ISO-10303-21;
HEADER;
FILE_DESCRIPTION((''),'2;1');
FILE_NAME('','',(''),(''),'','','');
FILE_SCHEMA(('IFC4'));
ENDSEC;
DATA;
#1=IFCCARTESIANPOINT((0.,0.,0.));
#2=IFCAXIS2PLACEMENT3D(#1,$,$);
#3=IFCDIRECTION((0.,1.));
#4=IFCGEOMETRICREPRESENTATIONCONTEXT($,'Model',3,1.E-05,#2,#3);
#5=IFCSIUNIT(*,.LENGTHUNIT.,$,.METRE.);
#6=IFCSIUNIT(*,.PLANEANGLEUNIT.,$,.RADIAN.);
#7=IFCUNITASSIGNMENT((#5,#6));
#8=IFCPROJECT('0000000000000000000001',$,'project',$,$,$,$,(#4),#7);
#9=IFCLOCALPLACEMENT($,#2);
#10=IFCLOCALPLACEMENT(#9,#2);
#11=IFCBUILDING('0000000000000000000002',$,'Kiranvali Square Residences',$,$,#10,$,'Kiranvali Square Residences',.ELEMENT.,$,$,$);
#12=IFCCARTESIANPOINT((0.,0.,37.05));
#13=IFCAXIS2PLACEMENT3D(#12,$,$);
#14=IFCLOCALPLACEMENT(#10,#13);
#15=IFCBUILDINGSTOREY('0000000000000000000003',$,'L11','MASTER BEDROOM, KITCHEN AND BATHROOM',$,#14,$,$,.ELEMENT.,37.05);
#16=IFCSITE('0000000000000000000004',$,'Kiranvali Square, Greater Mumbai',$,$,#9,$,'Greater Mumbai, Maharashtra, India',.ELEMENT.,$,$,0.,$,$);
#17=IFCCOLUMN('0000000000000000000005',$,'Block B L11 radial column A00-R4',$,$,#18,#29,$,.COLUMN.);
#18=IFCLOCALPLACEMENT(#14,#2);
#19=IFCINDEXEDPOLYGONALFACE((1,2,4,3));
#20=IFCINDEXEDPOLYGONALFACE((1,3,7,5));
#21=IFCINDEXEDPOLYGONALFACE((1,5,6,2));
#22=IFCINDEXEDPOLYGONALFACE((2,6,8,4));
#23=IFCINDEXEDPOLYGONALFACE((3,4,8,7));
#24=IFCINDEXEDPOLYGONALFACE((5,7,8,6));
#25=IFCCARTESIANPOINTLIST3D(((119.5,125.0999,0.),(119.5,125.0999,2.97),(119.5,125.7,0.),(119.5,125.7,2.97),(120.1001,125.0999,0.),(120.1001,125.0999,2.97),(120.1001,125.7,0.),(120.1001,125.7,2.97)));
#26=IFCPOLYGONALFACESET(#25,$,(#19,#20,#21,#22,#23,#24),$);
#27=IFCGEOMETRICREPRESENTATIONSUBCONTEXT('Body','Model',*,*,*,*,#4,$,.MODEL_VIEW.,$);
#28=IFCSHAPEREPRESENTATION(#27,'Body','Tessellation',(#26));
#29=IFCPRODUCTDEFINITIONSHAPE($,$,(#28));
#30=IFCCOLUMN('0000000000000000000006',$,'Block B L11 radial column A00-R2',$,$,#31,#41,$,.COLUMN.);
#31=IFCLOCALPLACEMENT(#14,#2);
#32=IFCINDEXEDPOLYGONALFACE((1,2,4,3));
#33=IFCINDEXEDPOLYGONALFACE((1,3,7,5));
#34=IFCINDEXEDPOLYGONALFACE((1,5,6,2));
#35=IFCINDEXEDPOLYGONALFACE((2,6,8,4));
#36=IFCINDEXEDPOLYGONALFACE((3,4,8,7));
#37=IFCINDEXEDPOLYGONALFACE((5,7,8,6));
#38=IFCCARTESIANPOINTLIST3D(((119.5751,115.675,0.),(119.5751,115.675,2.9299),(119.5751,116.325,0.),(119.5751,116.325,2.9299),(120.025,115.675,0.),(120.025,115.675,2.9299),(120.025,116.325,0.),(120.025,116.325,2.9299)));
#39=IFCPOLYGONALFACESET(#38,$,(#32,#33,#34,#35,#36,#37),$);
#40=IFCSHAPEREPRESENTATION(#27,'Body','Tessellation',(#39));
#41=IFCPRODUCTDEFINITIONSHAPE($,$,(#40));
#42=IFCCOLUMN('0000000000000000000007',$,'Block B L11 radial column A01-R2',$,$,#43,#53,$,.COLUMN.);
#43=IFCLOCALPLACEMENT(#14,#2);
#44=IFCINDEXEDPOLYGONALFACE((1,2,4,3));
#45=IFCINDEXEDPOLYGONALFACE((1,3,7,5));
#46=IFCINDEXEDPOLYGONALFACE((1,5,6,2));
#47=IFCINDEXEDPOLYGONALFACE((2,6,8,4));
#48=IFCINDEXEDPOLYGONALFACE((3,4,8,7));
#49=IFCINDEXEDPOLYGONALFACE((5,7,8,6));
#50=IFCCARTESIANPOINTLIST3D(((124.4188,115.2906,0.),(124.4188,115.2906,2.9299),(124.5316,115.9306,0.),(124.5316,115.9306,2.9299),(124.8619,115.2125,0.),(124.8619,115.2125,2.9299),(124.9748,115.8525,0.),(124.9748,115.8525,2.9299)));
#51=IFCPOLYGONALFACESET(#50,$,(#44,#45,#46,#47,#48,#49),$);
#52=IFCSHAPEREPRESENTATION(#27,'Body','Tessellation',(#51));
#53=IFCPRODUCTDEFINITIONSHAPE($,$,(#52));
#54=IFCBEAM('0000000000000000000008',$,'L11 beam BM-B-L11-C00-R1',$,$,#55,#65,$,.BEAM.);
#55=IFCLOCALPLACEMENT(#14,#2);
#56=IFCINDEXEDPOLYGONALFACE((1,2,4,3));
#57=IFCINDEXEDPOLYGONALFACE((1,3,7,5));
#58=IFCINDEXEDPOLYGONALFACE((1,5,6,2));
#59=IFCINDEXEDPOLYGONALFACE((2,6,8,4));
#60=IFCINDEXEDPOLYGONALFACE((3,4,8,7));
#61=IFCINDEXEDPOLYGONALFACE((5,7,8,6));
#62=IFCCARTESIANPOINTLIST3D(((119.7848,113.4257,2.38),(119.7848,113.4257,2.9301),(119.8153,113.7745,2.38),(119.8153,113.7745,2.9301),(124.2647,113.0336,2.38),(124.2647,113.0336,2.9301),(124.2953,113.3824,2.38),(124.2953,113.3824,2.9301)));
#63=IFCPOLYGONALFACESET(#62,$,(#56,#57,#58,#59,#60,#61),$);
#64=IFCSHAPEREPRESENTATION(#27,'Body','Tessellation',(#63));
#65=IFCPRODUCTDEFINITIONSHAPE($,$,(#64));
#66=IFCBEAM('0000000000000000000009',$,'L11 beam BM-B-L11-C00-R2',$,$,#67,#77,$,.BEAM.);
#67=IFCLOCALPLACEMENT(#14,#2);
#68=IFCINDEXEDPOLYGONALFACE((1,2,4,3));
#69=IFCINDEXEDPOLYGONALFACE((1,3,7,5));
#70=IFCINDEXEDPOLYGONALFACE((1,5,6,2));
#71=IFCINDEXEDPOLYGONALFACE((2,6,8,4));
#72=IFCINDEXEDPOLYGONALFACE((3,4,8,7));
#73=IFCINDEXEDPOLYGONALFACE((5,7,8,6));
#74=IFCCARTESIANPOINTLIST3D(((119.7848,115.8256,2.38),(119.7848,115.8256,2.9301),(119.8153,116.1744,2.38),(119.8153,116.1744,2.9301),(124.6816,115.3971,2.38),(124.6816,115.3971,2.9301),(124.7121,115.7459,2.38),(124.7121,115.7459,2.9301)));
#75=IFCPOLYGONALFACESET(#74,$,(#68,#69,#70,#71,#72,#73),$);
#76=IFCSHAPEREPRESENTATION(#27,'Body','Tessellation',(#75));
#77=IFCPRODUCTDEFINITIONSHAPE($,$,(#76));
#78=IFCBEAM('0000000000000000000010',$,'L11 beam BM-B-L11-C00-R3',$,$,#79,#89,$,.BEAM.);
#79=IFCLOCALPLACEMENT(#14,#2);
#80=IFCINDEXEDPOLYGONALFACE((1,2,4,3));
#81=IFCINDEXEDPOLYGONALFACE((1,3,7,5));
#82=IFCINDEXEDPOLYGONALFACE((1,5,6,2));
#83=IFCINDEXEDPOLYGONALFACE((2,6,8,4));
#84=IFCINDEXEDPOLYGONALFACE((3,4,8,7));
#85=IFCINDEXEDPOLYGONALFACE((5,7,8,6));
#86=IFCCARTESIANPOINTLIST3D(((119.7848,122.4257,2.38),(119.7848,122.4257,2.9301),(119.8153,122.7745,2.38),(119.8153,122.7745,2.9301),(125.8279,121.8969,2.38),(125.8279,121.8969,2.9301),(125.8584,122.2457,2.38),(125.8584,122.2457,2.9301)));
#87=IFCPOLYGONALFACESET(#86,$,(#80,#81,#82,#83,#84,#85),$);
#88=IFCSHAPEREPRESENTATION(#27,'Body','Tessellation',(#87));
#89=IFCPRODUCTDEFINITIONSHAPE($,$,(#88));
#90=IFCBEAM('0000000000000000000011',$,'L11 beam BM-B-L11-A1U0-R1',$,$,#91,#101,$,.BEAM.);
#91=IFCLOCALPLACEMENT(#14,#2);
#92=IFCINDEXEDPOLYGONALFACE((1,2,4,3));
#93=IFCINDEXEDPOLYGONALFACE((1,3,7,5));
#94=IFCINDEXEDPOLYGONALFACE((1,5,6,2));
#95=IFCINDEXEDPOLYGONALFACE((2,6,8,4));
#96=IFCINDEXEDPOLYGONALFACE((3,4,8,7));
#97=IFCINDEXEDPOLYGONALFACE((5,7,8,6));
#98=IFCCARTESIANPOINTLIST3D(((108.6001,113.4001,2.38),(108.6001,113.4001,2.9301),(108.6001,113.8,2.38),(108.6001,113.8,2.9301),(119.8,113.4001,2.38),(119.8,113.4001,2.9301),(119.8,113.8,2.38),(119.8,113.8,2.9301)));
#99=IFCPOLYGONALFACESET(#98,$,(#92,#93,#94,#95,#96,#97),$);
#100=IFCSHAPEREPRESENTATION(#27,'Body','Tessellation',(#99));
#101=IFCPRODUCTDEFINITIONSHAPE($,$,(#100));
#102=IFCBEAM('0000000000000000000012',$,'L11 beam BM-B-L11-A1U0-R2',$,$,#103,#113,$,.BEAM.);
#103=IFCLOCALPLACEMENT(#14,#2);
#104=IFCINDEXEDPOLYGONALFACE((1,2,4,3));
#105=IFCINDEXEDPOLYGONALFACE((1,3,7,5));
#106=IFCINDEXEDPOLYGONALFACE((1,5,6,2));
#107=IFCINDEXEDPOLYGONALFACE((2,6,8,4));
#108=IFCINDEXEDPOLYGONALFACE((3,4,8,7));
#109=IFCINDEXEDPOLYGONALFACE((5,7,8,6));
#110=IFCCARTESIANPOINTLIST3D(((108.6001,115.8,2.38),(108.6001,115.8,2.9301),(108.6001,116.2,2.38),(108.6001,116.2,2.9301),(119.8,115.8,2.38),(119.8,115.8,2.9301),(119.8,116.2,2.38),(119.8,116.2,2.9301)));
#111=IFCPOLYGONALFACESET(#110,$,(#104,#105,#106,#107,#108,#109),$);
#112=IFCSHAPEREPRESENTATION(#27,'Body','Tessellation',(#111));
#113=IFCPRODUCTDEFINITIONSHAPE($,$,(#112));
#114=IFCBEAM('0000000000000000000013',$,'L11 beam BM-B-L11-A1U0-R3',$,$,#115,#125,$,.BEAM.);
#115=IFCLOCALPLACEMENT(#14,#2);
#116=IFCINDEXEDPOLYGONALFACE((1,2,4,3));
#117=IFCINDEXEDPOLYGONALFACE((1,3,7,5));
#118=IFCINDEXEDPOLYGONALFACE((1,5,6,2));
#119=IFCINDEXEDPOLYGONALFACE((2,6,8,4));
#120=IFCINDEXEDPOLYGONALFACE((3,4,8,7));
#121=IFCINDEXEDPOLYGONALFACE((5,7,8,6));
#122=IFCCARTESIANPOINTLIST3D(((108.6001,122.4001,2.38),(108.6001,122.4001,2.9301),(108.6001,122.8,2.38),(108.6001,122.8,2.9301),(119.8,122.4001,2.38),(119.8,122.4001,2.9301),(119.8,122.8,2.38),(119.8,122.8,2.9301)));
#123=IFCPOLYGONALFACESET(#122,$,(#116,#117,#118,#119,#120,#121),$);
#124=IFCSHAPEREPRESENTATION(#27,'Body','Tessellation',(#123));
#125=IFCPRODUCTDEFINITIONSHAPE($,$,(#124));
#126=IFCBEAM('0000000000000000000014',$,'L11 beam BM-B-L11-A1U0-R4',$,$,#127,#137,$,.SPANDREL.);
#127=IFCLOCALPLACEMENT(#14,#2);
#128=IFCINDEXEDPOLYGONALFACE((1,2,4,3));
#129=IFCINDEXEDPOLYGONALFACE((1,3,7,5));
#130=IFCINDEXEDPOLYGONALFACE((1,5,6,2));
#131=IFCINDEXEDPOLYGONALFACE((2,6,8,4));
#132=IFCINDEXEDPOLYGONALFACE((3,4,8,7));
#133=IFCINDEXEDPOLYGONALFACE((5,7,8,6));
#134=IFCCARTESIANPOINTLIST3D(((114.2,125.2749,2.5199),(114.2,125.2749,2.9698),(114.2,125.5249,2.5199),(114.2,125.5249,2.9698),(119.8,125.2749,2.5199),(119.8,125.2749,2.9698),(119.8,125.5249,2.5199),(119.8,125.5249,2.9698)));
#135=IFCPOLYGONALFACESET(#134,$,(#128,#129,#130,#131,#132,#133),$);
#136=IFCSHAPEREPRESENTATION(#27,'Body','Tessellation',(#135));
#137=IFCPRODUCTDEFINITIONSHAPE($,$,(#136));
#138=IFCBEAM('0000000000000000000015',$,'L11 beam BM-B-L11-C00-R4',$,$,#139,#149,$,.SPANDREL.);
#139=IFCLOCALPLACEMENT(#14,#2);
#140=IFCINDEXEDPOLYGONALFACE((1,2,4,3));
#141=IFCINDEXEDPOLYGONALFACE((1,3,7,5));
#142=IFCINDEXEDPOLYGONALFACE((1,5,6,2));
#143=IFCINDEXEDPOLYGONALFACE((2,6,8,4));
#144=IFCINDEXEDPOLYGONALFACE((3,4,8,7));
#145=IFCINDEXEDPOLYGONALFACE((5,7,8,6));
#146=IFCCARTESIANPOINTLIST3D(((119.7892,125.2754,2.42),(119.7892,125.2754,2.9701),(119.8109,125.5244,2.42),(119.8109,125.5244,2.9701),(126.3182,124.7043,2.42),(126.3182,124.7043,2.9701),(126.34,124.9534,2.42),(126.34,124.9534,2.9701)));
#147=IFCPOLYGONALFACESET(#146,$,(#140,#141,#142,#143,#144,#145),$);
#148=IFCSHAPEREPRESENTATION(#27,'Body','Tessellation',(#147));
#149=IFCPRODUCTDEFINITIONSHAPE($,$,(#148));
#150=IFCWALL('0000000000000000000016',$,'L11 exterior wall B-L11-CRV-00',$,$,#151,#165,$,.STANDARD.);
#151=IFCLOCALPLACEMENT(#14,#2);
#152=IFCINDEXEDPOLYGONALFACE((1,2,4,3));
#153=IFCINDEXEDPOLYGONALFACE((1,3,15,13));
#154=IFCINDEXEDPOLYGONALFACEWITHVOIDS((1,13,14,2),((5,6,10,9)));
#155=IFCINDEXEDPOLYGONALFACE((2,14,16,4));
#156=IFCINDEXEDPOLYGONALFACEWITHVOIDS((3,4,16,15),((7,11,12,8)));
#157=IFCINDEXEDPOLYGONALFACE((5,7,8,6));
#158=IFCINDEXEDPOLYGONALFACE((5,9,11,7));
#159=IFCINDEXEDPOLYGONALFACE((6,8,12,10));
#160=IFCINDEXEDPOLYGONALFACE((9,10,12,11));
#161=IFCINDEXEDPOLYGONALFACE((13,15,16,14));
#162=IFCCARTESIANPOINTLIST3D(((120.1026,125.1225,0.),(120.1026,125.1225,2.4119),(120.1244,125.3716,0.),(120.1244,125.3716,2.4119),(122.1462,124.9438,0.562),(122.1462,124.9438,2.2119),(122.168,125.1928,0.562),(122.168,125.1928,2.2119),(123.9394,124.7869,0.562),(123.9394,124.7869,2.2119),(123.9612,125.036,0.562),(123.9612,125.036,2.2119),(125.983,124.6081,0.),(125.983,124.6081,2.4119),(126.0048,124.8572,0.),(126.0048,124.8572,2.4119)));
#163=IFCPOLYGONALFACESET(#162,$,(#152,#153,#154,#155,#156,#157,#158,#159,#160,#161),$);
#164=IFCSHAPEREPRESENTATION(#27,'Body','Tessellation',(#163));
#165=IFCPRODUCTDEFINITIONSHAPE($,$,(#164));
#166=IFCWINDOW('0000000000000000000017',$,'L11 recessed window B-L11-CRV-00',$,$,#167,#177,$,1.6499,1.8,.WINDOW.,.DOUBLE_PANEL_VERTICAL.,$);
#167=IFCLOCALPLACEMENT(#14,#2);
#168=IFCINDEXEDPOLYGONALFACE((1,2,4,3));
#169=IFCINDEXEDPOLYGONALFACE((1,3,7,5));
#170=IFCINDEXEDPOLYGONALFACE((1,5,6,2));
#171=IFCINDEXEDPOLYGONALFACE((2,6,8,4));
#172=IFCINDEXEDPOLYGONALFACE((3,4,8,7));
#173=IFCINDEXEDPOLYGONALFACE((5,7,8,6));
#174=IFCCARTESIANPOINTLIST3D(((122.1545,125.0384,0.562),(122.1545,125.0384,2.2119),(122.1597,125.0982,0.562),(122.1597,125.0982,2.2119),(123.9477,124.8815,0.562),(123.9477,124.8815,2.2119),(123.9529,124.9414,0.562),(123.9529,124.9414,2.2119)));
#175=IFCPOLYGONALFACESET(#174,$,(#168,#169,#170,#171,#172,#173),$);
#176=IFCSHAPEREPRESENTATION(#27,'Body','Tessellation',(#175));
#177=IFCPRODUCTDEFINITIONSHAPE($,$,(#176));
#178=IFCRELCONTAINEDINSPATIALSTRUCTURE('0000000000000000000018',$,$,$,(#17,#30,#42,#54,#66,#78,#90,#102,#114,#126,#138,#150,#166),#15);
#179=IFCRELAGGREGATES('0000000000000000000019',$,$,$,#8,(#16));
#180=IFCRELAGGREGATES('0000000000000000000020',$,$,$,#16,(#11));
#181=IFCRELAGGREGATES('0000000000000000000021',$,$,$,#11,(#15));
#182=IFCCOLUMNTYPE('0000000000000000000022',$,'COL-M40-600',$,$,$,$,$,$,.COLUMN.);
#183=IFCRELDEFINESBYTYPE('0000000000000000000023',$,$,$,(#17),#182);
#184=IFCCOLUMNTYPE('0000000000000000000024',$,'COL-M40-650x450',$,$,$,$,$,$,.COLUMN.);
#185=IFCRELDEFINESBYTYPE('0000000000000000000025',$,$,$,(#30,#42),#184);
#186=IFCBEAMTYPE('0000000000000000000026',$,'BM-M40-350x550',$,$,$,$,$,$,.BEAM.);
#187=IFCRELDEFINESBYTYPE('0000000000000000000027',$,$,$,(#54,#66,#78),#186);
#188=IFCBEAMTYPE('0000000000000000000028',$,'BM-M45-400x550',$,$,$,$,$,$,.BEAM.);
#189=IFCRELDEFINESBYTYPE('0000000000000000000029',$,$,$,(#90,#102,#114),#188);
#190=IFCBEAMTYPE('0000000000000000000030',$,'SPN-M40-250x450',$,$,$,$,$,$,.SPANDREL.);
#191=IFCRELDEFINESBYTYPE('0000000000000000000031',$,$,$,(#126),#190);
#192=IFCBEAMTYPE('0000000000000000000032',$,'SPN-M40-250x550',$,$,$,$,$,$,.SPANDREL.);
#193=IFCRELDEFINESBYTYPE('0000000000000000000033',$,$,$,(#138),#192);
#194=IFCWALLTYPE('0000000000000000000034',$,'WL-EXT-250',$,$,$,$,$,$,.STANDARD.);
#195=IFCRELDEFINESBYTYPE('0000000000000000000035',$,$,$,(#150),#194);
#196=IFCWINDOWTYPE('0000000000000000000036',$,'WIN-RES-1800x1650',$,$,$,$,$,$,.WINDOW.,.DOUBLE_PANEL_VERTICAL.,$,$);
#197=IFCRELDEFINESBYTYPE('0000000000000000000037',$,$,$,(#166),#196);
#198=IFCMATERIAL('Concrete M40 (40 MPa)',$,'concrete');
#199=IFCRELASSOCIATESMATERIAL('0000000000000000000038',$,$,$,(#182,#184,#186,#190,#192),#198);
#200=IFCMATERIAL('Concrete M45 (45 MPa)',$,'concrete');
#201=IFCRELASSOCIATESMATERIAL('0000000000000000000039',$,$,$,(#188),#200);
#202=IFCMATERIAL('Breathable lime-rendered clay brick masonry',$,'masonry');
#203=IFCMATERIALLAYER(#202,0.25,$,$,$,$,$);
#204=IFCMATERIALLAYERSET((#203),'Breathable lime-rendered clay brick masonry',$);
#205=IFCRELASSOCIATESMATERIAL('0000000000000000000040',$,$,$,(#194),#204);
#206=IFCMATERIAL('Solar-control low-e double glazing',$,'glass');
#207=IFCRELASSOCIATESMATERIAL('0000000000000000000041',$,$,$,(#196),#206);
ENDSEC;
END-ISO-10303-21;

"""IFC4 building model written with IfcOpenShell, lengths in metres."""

from ifc_helpers import new_model, si_unit, direction, frame, frame_2d, origin, origin_2d, place, context, subcontext, project, spatial, rectangle, extrude, material, layer, layer_set, material_profile, profile_set, type_object, element, fill, save


model = new_model("IFC4")

# Units and contexts
model_context = context("Model", 3, precision=1e-05, world=origin(), true_north=direction((0.0, 1.0)))
body_context = subcontext(model_context, "Body", "Model", "MODEL_VIEW")
ifc_project = project(units=[si_unit("LENGTHUNIT", "METRE"), si_unit("PLANEANGLEUNIT", "RADIAN")], contexts=[model_context])

# Site, building, storey
site_placement = place(None, origin())
site = spatial("IfcSite", under=ifc_project, at=site_placement, Name="Kiranvali Square, Greater Mumbai", LongName="Greater Mumbai, Maharashtra, India", CompositionType="ELEMENT", RefElevation=0.0)
building_placement = place(site_placement, origin())
building = spatial("IfcBuilding", under=site, at=building_placement, Name="Kiranvali Square Residences", LongName="Kiranvali Square Residences", CompositionType="ELEMENT")
storey_placement = place(building_placement, frame((0.0, 0.0, 37.05)))
storey = spatial("IfcBuildingStorey", under=building, at=storey_placement, Name="L11", Description="MASTER BEDROOM, KITCHEN AND BATHROOM", CompositionType="ELEMENT", Elevation=37.05)

# Columns
ifc_material_1 = material(Name="Concrete M40 (40 MPa)", Category="concrete")
ifc_material_profile_1 = material_profile(ifc_material_1, rectangle(XDim=0.6001, YDim=0.6001, at=origin_2d()), Name="RC 600x600")
ifc_profile_set_1 = profile_set([ifc_material_profile_1], Name="Concrete M40 (40 MPa)")
column_type_1 = type_object("IfcColumnType", Name="COL-M40-600", PredefinedType="COLUMN", material=ifc_profile_set_1)
column_placement = place(storey_placement, frame((119.8, 125.3999, 0.0), z_axis=(0.0, 0.0, 1.0), x_axis=(1.0, 0.0, 0.0)))
element("IfcColumn", 1, at=column_placement, inside=storey, type_object=column_type_1, Name="Block B L11 radial column A00-R4", PredefinedType="COLUMN", context=body_context, shape_type="SweptSolid", body=[
    extrude(rectangle(XDim=0.6001, YDim=0.6001, at=origin_2d()), origin(), (0.0, 0.0, 1.0), 2.97),
])
ifc_material_profile_2 = material_profile(ifc_material_1, rectangle(XDim=0.45, YDim=0.6499, at=origin_2d()), Name="RC 650x450")
ifc_profile_set_2 = profile_set([ifc_material_profile_2], Name="Concrete M40 (40 MPa)")
column_type_2 = type_object("IfcColumnType", Name="COL-M40-650x450", PredefinedType="COLUMN", material=ifc_profile_set_2)
for number, where, z_axis, x_axis, name in (
    (2, (119.8, 116.0, 0.0), (0.0, 0.0, 1.0), (1.0, 0.0, 0.0), "Block B L11 radial column A00-R2"),
    (3, (124.6968, 115.5715, 0.0), (0.0, 0.0, 1.0), (-0.984808, 0.173648, 0.0), "Block B L11 radial column A01-R2"),
):
    element("IfcColumn", number, at=place(storey_placement, frame(where, z_axis=z_axis, x_axis=x_axis)), inside=storey, type_object=column_type_2, Name=name, PredefinedType="COLUMN", context=body_context, shape_type="SweptSolid", body=[
        extrude(rectangle(XDim=0.45, YDim=0.6499, at=origin_2d()), origin(), (0.0, 0.0, 1.0), 2.9299),
    ])

# Beams
ifc_material_profile_3 = material_profile(ifc_material_1, rectangle(XDim=0.3501, YDim=0.55, at=origin_2d()), Name="RC 350x550")
ifc_profile_set_3 = profile_set([ifc_material_profile_3], Name="Concrete M40 (40 MPa)")
beam_type_1 = type_object("IfcBeamType", Name="BM-M40-350x550", PredefinedType="BEAM", material=ifc_profile_set_3)
beam_1_placement = place(storey_placement, frame((119.8, 113.6001, 2.655), z_axis=(0.996192, -0.087187, 0.0), x_axis=(0.087187, 0.996192, 0.0)))
element("IfcBeam", 4, at=beam_1_placement, inside=storey, type_object=beam_type_1, Name="L11 beam BM-B-L11-C00-R1", PredefinedType="BEAM", context=body_context, shape_type="SweptSolid", body=[
    extrude(rectangle(XDim=0.3501, YDim=0.55, at=origin_2d()), origin(), (0.0, 0.0, 1.0), 4.4971),
])
beam_2_placement = place(storey_placement, frame((119.8, 116.0, 2.655), z_axis=(0.996194, -0.087168, 0.0), x_axis=(0.087168, 0.996194, 0.0)))
element("IfcBeam", 5, at=beam_2_placement, inside=storey, type_object=beam_type_1, Name="L11 beam BM-B-L11-C00-R2", PredefinedType="BEAM", context=body_context, shape_type="SweptSolid", body=[
    extrude(rectangle(XDim=0.3501, YDim=0.55, at=origin_2d()), origin(), (0.0, 0.0, 1.0), 4.9155),
])
beam_3_placement = place(storey_placement, frame((119.8, 122.6001, 2.655), z_axis=(0.996193, -0.087175, 0.0), x_axis=(0.087175, 0.996193, 0.0)))
element("IfcBeam", 6, at=beam_3_placement, inside=storey, type_object=beam_type_1, Name="L11 beam BM-B-L11-C00-R3", PredefinedType="BEAM", context=body_context, shape_type="SweptSolid", body=[
    extrude(rectangle(XDim=0.3501, YDim=0.55, at=origin_2d()), origin(), (0.0, 0.0, 1.0), 6.0662),
])
ifc_material_2 = material(Name="Concrete M45 (45 MPa)", Category="concrete")
ifc_material_profile_4 = material_profile(ifc_material_2, rectangle(XDim=0.3999, YDim=0.55, at=origin_2d()), Name="RC 400x550")
ifc_profile_set_4 = profile_set([ifc_material_profile_4], Name="Concrete M45 (45 MPa)")
beam_type_2 = type_object("IfcBeamType", Name="BM-M45-400x550", PredefinedType="BEAM", material=ifc_profile_set_4)
for number, where, z_axis, x_axis, name in (
    (7, (119.8, 113.6001, 2.655), (-1.0, 0.0, 0.0), (0.0, -1.0, 0.0), "L11 beam BM-B-L11-A1U0-R1"),
    (8, (119.8, 116.0, 2.655), (-1.0, 0.0, 0.0), (0.0, -1.0, 0.0), "L11 beam BM-B-L11-A1U0-R2"),
    (9, (119.8, 122.6001, 2.655), (-1.0, 0.0, 0.0), (0.0, -1.0, 0.0), "L11 beam BM-B-L11-A1U0-R3"),
):
    element("IfcBeam", number, at=place(storey_placement, frame(where, z_axis=z_axis, x_axis=x_axis)), inside=storey, type_object=beam_type_2, Name=name, PredefinedType="BEAM", context=body_context, shape_type="SweptSolid", body=[
        extrude(rectangle(XDim=0.3999, YDim=0.55, at=origin_2d()), origin(), (0.0, 0.0, 1.0), 11.2),
    ])
ifc_material_profile_5 = material_profile(ifc_material_1, rectangle(XDim=0.25, YDim=0.45, at=origin_2d()), Name="RC 250x450")
ifc_profile_set_5 = profile_set([ifc_material_profile_5], Name="Concrete M40 (40 MPa)")
beam_type_3 = type_object("IfcBeamType", Name="SPN-M40-250x450", PredefinedType="SPANDREL", material=ifc_profile_set_5)
beam_4_placement = place(storey_placement, frame((119.8, 125.3999, 2.7449), z_axis=(-1.0, 0.0, 0.0), x_axis=(0.0, -1.0, 0.0)))
element("IfcBeam", 10, at=beam_4_placement, inside=storey, type_object=beam_type_3, Name="L11 beam BM-B-L11-A1U0-R4", PredefinedType="SPANDREL", context=body_context, shape_type="SweptSolid", body=[
    extrude(rectangle(XDim=0.25, YDim=0.45, at=origin_2d()), origin(), (0.0, 0.0, 1.0), 5.6001),
])
ifc_material_profile_6 = material_profile(ifc_material_1, rectangle(XDim=0.25, YDim=0.55, at=origin_2d()), Name="RC 250x550")
ifc_profile_set_6 = profile_set([ifc_material_profile_6], Name="Concrete M40 (40 MPa)")
beam_type_4 = type_object("IfcBeamType", Name="SPN-M40-250x550", PredefinedType="SPANDREL", material=ifc_profile_set_6)
beam_5_placement = place(storey_placement, frame((119.8, 125.3999, 2.6951), z_axis=(0.996197, -0.08713, 0.0), x_axis=(0.08713, 0.996197, 0.0)))
element("IfcBeam", 11, at=beam_5_placement, inside=storey, type_object=beam_type_4, Name="L11 beam BM-B-L11-C00-R4", PredefinedType="SPANDREL", context=body_context, shape_type="SweptSolid", body=[
    extrude(rectangle(XDim=0.25, YDim=0.55, at=origin_2d()), origin(), (0.0, 0.0, 1.0), 6.554),
])

# Wall, opening, window
ifc_material_3 = material(Name="Breathable lime-rendered clay brick masonry", Category="masonry")
ifc_layer_1 = layer(ifc_material_3, 0.25)
ifc_layer_set_1 = layer_set([ifc_layer_1], Name="Breathable lime-rendered clay brick masonry")
wall_type_1 = type_object("IfcWallType", Name="WL-EXT-250", PredefinedType="STANDARD", material=ifc_layer_set_1)
wall_1_placement = place(storey_placement, frame((120.1135, 125.2471, 0.0), z_axis=(0.0, 0.0, 1.0), x_axis=(0.996196, -0.087145, 0.0)))
wall_1 = element("IfcWall", 12, at=wall_1_placement, inside=storey, type_object=wall_type_1, Name="L11 exterior wall B-L11-CRV-00", PredefinedType="STANDARD", context=body_context, shape_type="SweptSolid", body=[
    extrude(rectangle(XDim=5.9028, YDim=0.25, at=frame_2d((2.9514, 0.0))), origin(), (0.0, 0.0, 1.0), 2.4119),
])
opening_1_placement = place(wall_1_placement, frame((2.0515, 0.0, 0.562)))
opening_1 = element("IfcOpeningElement", 13, at=opening_1_placement, cuts=wall_1, PredefinedType="OPENING", context=body_context, shape_type="SweptSolid", body=[
    extrude(rectangle(XDim=1.8, YDim=1.6499, at=frame_2d((0.8999, 0.825))), frame((0.0, 0.135, 0.0), z_axis=(0.0, -1.0, 0.0), x_axis=(1.0, 0.0, 0.0)), (0.0, 0.0, 1.0), 0.27),
])
ifc_material_4 = material(Name="Solar-control low-e double glazing", Category="glass")
window_type_1 = type_object("IfcWindowType", Name="WIN-RES-1800x1650", PartitioningType="DOUBLE_PANEL_VERTICAL", PredefinedType="WINDOW", material=ifc_material_4)
window_1_placement = place(opening_1_placement, origin())
window_1 = element("IfcWindow", 14, at=window_1_placement, inside=storey, type_object=window_type_1, Name="L11 recessed window B-L11-CRV-00", OverallHeight=1.6499, OverallWidth=1.8, PartitioningType="DOUBLE_PANEL_VERTICAL", PredefinedType="WINDOW", context=body_context, shape_type="SweptSolid", body=[
    extrude(rectangle(XDim=1.8, YDim=1.6499, at=frame_2d((0.8999, 0.825))), frame((0.0, 0.03, 0.0), z_axis=(0.0, -1.0, 0.0), x_axis=(1.0, 0.0, 0.0)), (0.0, 0.0, 1.0), 0.0601),
])
fill(opening_1, window_1)

save(model, "model.ifc")
